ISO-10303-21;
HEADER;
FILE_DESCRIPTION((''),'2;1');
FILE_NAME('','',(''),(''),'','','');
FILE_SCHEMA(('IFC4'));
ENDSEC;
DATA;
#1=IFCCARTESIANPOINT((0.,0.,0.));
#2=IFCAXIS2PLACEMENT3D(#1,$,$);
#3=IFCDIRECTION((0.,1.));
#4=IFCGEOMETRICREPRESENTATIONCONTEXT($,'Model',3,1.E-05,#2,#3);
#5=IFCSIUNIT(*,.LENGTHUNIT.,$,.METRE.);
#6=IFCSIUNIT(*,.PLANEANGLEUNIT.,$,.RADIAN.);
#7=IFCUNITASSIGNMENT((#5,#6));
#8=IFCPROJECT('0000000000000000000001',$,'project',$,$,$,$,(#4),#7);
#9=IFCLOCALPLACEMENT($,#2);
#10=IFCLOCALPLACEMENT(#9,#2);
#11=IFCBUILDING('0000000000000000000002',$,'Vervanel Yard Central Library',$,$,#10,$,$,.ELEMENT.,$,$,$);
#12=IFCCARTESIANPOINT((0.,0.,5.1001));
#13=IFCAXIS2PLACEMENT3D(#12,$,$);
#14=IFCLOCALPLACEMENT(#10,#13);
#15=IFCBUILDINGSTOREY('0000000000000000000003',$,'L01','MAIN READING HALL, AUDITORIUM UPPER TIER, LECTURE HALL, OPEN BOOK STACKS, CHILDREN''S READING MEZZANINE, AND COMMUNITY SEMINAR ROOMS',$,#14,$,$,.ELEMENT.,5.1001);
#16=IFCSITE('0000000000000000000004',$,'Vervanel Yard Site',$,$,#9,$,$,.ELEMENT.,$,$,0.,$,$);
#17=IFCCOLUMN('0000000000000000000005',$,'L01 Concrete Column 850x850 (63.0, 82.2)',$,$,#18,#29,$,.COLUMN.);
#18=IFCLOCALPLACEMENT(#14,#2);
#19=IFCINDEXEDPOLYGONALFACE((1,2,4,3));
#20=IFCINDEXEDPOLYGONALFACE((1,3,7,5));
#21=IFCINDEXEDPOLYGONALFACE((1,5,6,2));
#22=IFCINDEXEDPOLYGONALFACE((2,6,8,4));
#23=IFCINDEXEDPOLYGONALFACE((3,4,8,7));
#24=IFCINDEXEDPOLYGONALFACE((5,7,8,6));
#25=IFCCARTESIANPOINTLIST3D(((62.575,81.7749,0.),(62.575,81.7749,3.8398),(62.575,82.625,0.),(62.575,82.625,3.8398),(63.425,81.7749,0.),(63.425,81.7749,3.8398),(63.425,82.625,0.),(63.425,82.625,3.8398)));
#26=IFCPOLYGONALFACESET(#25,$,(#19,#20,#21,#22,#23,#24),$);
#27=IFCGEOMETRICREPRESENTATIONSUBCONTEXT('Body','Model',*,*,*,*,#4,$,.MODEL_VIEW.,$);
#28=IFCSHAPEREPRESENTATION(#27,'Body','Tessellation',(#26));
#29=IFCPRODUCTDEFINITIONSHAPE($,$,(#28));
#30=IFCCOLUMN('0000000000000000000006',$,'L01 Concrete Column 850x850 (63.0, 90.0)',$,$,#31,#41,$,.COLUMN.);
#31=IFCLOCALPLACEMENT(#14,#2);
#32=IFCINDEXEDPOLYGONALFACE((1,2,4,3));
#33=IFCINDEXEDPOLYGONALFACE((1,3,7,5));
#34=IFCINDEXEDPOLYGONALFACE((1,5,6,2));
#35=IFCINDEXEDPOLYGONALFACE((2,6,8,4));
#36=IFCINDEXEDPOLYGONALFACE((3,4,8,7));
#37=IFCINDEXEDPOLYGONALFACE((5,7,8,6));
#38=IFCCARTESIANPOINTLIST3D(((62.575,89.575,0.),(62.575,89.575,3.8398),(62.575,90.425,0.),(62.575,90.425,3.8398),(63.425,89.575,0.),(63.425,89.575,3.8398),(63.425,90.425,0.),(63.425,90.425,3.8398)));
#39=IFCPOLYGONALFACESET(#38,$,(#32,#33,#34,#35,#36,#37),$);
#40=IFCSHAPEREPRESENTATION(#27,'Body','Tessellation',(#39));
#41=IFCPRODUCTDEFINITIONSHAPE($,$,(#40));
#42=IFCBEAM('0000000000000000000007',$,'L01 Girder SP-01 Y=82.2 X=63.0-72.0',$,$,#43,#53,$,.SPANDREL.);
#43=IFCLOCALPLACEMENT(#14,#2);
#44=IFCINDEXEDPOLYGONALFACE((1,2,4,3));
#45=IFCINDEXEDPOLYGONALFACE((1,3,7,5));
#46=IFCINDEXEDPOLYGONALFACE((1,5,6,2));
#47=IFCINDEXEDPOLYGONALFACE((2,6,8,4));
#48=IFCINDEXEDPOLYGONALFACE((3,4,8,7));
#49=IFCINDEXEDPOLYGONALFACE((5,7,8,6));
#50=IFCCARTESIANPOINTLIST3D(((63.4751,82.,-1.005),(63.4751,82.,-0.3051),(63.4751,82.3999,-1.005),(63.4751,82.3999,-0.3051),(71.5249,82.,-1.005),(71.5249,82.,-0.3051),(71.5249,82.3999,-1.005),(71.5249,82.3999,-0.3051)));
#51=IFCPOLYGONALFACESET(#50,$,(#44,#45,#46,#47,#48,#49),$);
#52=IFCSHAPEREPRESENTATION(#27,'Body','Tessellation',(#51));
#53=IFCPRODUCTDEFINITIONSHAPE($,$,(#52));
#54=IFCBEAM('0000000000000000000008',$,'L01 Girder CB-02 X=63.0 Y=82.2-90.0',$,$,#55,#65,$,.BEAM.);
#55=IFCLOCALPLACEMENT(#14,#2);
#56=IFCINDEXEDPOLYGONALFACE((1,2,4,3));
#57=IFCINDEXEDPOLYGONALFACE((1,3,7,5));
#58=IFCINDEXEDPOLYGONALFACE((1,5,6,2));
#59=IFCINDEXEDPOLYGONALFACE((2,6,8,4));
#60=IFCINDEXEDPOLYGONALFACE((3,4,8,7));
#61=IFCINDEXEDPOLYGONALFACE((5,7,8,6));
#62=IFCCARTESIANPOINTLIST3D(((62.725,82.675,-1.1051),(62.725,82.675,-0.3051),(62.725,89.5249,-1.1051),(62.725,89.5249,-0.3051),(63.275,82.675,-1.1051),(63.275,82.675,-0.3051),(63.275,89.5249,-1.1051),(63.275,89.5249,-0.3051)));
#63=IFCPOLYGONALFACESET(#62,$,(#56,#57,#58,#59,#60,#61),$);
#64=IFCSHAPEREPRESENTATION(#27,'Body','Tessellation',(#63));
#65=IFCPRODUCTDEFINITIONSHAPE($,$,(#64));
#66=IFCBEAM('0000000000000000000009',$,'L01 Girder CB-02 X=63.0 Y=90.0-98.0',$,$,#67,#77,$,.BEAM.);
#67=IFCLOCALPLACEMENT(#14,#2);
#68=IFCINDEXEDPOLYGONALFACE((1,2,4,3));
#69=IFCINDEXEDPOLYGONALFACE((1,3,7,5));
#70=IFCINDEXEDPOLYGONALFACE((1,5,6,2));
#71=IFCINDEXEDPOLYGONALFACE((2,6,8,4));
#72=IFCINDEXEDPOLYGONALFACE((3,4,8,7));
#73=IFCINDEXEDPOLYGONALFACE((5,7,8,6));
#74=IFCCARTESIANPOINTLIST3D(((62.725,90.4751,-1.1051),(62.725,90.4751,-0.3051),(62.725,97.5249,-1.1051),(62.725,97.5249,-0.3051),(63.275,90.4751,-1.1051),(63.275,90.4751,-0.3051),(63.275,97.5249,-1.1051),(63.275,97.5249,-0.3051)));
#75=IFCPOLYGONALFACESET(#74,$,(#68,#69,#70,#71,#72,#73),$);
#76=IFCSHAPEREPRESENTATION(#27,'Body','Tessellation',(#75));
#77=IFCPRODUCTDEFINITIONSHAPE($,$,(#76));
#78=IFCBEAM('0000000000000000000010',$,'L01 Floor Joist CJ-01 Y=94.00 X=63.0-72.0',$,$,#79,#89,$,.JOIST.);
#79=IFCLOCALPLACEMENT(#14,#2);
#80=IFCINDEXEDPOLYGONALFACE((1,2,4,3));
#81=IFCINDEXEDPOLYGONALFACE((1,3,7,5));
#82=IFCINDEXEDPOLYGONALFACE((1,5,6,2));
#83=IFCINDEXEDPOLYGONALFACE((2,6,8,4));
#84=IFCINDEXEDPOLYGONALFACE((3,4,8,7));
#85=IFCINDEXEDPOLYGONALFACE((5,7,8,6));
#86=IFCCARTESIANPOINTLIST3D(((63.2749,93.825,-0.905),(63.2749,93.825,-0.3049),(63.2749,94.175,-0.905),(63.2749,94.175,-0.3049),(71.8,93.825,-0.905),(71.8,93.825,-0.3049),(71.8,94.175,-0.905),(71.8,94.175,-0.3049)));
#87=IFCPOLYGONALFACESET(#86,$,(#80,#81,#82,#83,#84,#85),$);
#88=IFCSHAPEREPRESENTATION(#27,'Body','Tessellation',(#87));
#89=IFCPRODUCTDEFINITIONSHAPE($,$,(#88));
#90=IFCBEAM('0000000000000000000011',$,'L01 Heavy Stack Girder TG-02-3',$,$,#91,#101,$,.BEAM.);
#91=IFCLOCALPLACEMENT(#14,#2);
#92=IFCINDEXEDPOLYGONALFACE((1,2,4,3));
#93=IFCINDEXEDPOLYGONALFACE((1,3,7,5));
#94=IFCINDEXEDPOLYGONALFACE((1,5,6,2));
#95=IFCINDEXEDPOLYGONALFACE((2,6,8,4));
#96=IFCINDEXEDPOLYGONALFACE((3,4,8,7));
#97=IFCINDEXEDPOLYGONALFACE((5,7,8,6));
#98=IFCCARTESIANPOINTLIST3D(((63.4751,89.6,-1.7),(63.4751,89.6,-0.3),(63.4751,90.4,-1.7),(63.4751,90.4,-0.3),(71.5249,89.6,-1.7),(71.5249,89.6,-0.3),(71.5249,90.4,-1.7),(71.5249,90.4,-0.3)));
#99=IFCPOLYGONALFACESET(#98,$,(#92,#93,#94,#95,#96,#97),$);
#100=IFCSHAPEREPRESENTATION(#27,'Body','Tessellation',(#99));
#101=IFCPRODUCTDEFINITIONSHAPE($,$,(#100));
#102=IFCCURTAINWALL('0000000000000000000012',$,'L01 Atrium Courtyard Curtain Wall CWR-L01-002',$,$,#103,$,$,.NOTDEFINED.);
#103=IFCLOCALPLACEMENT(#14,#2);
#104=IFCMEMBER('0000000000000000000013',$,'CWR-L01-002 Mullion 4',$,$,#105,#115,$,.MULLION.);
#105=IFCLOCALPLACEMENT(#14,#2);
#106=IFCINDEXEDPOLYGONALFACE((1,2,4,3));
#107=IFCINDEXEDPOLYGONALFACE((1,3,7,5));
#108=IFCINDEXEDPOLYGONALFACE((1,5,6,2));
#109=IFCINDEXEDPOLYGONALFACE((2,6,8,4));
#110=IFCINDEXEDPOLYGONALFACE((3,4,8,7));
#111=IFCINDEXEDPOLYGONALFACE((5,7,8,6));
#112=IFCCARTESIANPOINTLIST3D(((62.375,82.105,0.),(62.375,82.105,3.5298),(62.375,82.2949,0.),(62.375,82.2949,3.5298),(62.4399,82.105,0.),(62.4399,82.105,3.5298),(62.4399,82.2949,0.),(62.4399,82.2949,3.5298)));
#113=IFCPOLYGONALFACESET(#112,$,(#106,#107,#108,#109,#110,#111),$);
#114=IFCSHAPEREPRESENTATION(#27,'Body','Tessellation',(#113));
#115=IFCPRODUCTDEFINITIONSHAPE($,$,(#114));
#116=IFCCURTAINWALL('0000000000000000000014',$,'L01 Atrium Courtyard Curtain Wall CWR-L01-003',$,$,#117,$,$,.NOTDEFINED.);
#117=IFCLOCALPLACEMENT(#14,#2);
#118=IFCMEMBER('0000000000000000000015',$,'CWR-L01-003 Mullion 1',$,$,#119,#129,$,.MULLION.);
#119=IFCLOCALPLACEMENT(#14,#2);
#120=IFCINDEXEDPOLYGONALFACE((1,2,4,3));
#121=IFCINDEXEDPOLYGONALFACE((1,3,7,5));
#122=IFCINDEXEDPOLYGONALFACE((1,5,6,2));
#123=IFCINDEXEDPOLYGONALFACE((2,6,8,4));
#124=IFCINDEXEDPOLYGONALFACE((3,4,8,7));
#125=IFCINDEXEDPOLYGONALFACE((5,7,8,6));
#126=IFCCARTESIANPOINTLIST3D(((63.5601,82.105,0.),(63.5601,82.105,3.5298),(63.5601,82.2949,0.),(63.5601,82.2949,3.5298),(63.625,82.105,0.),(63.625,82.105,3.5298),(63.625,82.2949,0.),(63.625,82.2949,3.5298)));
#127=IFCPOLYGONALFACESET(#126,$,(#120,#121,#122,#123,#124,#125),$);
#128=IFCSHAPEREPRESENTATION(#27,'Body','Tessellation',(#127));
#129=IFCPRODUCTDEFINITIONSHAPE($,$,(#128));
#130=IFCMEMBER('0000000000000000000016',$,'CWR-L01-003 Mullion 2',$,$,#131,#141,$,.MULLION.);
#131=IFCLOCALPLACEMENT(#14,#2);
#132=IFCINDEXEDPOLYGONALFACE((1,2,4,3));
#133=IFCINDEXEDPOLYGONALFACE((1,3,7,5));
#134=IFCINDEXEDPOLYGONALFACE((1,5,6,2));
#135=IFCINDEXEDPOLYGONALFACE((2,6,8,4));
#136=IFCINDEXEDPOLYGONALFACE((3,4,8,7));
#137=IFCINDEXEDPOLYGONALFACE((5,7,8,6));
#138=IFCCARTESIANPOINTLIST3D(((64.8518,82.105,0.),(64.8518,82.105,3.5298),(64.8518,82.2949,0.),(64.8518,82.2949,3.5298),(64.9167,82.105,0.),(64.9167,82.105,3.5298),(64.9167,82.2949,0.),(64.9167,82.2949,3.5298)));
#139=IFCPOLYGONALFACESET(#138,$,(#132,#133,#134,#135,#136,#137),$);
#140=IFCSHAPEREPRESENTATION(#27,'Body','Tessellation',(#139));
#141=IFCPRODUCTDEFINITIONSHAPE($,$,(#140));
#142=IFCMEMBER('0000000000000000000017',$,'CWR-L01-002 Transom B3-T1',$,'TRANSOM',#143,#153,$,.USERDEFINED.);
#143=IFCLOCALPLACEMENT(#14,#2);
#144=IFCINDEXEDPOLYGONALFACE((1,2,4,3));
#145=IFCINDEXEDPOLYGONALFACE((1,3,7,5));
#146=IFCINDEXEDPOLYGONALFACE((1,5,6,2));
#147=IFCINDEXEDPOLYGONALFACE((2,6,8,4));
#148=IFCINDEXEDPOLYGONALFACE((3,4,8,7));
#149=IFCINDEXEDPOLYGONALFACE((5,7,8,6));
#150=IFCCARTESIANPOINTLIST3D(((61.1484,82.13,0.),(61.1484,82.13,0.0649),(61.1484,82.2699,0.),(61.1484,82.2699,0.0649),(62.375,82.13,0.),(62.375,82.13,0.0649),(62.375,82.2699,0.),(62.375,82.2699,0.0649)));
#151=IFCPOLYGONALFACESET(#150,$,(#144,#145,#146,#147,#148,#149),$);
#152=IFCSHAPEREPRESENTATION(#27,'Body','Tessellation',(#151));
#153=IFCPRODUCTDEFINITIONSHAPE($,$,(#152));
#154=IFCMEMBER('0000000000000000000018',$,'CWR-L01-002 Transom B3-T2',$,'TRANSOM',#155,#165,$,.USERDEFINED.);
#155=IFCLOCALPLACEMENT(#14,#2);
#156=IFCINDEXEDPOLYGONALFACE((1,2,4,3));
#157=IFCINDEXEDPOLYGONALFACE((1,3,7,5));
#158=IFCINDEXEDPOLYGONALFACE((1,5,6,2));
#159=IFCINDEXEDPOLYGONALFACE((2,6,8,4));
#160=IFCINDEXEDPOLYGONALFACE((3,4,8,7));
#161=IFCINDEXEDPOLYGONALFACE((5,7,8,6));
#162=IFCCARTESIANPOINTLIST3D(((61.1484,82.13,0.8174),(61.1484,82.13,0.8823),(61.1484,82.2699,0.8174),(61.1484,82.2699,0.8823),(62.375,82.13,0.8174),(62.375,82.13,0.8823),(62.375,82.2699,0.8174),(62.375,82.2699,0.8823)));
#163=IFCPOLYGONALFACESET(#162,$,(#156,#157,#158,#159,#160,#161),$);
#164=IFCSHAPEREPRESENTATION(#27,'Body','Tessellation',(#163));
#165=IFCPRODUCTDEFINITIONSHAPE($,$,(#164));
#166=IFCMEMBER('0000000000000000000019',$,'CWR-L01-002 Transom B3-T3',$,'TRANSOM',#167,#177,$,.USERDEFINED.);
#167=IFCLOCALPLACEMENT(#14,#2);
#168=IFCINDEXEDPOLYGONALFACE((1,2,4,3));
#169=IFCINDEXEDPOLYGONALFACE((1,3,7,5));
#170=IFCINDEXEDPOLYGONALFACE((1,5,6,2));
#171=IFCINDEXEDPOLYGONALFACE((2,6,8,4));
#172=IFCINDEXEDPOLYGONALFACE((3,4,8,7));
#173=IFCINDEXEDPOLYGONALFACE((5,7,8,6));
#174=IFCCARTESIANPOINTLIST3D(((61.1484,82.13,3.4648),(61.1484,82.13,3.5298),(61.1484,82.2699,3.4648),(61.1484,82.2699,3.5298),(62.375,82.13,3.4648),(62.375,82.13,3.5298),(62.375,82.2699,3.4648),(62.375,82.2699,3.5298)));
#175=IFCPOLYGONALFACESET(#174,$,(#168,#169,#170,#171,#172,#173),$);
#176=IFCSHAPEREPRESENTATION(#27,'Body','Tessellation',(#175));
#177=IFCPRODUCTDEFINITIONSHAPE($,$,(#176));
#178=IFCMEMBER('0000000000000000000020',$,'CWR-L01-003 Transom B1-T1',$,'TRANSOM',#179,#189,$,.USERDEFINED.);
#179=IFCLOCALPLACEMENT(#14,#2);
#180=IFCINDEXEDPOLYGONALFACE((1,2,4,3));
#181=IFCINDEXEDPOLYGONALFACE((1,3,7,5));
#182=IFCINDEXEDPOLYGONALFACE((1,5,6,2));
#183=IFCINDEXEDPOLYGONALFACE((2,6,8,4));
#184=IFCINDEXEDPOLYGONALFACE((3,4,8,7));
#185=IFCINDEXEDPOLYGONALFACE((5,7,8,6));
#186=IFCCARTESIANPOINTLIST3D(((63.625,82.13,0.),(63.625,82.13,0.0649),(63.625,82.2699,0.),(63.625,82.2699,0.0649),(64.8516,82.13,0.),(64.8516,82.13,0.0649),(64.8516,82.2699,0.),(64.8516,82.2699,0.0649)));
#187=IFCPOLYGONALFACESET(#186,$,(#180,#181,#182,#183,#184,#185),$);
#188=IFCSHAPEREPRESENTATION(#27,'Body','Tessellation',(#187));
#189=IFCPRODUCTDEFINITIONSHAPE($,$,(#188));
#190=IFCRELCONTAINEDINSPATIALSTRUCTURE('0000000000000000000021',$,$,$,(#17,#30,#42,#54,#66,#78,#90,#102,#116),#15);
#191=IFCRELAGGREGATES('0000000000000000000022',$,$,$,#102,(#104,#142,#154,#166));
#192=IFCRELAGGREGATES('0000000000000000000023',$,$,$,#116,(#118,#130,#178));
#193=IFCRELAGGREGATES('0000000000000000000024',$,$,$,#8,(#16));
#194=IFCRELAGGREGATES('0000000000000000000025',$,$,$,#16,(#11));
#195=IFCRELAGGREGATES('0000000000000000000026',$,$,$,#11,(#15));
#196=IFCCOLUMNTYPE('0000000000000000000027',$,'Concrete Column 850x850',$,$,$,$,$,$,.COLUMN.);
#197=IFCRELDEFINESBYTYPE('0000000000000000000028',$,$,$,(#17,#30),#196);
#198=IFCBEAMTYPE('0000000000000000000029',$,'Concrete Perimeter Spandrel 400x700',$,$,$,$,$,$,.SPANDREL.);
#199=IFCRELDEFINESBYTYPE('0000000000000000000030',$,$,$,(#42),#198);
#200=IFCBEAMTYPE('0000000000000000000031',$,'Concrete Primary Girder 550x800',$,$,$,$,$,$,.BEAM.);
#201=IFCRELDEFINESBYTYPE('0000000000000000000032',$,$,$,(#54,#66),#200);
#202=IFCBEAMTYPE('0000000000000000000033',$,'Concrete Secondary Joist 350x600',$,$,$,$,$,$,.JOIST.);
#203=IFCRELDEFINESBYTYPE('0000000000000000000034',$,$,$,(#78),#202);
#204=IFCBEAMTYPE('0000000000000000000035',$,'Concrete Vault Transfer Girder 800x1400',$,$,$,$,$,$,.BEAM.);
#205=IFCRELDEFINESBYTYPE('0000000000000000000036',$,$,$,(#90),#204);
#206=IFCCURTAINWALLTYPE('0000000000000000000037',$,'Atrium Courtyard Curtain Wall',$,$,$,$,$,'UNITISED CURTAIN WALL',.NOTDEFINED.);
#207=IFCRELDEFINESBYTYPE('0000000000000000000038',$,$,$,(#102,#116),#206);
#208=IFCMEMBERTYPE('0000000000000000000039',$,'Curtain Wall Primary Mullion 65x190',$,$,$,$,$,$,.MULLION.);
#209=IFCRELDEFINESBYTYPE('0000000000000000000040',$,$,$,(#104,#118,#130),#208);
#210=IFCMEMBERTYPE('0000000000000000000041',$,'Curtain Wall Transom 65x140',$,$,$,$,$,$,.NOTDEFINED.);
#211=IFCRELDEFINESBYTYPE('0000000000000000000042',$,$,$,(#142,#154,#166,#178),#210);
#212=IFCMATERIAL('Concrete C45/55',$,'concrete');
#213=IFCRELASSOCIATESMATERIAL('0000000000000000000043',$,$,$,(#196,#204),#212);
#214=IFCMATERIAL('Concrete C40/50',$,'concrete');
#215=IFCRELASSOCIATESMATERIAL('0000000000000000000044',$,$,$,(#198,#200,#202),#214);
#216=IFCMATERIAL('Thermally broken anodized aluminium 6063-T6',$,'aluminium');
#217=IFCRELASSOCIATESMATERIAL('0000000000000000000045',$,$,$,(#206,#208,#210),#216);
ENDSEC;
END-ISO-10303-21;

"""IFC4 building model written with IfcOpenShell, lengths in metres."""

from ifc_helpers import new_model, si_unit, direction, frame, origin, origin_2d, place, context, subcontext, project, spatial, rectangle, extrude, material, material_profile, profile_set, type_object, element, aggregate, save


model = new_model("IFC4")

# Units and contexts
model_context = context("Model", 3, precision=1e-05, world=origin(), true_north=direction((0.0, 1.0)))
body_context = subcontext(model_context, "Body", "Model", "MODEL_VIEW")
ifc_project = project(units=[si_unit("LENGTHUNIT", "METRE"), si_unit("PLANEANGLEUNIT", "RADIAN")], contexts=[model_context])

# Site, building, storey
site_placement = place(None, origin())
site = spatial("IfcSite", under=ifc_project, at=site_placement, Name="Vervanel Yard Site", CompositionType="ELEMENT", RefElevation=0.0)
building_placement = place(site_placement, origin())
building = spatial("IfcBuilding", under=site, at=building_placement, Name="Vervanel Yard Central Library", CompositionType="ELEMENT")
storey_placement = place(building_placement, frame((0.0, 0.0, 5.1001)))
storey = spatial("IfcBuildingStorey", under=building, at=storey_placement, Name="L01", Description="MAIN READING HALL, AUDITORIUM UPPER TIER, LECTURE HALL, OPEN BOOK STACKS, CHILDREN'S READING MEZZANINE, AND COMMUNITY SEMINAR ROOMS", CompositionType="ELEMENT", Elevation=5.1001)

# Columns
ifc_material_1 = material(Name="Concrete C45/55", Category="concrete")
ifc_material_profile_1 = material_profile(ifc_material_1, rectangle(XDim=0.8501, YDim=0.8501, at=origin_2d()), Name="RC 850x850", Category="concrete")
ifc_profile_set_1 = profile_set([ifc_material_profile_1], Name="Concrete C45/55")
column_type = type_object("IfcColumnType", Name="Concrete Column 850x850", PredefinedType="COLUMN", material=ifc_profile_set_1)
for number, where, z_axis, x_axis, name in (
    (1, (63.0, 82.2, 0.0), (0.0, 0.0, 1.0), (1.0, 0.0, 0.0), "L01 Concrete Column 850x850 (63.0, 82.2)"),
    (2, (63.0, 90.0, 0.0), (0.0, 0.0, 1.0), (1.0, 0.0, 0.0), "L01 Concrete Column 850x850 (63.0, 90.0)"),
):
    element("IfcColumn", number, at=place(storey_placement, frame(where, z_axis=z_axis, x_axis=x_axis)), inside=storey, type_object=column_type, Name=name, PredefinedType="COLUMN", context=body_context, shape_type="SweptSolid", body=[
        extrude(rectangle(XDim=0.8501, YDim=0.8501, at=origin_2d()), origin(), (0.0, 0.0, 1.0), 3.8398),
    ])

# Beams
ifc_material_2 = material(Name="Concrete C40/50", Category="concrete")
ifc_material_profile_2 = material_profile(ifc_material_2, rectangle(XDim=0.3999, YDim=0.7, at=origin_2d()), Name="RC 400x700", Category="concrete")
ifc_profile_set_2 = profile_set([ifc_material_profile_2], Name="Concrete C40/50")
beam_type_1 = type_object("IfcBeamType", Name="Concrete Perimeter Spandrel 400x700", PredefinedType="SPANDREL", material=ifc_profile_set_2)
beam_1_placement = place(storey_placement, frame((63.4751, 82.2, -0.655), z_axis=(1.0, 0.0, 0.0), x_axis=(0.0, 1.0, 0.0)))
element("IfcBeam", 3, at=beam_1_placement, inside=storey, type_object=beam_type_1, Name="L01 Girder SP-01 Y=82.2 X=63.0-72.0", PredefinedType="SPANDREL", context=body_context, shape_type="SweptSolid", body=[
    extrude(rectangle(XDim=0.3999, YDim=0.7, at=origin_2d()), origin(), (0.0, 0.0, 1.0), 8.0498),
])
ifc_material_profile_3 = material_profile(ifc_material_2, rectangle(XDim=0.55, YDim=0.8, at=origin_2d()), Name="RC 550x800", Category="concrete")
ifc_profile_set_3 = profile_set([ifc_material_profile_3], Name="Concrete C40/50")
beam_type_2 = type_object("IfcBeamType", Name="Concrete Primary Girder 550x800", PredefinedType="BEAM", material=ifc_profile_set_3)
beam_2_placement = place(storey_placement, frame((63.0, 82.675, -0.7051), z_axis=(0.0, 1.0, 0.0), x_axis=(-1.0, 0.0, 0.0)))
element("IfcBeam", 4, at=beam_2_placement, inside=storey, type_object=beam_type_2, Name="L01 Girder CB-02 X=63.0 Y=82.2-90.0", PredefinedType="BEAM", context=body_context, shape_type="SweptSolid", body=[
    extrude(rectangle(XDim=0.55, YDim=0.8, at=origin_2d()), origin(), (0.0, 0.0, 1.0), 6.8499),
])
beam_3_placement = place(storey_placement, frame((63.0, 90.4751, -0.7051), z_axis=(0.0, 1.0, 0.0), x_axis=(-1.0, 0.0, 0.0)))
element("IfcBeam", 5, at=beam_3_placement, inside=storey, type_object=beam_type_2, Name="L01 Girder CB-02 X=63.0 Y=90.0-98.0", PredefinedType="BEAM", context=body_context, shape_type="SweptSolid", body=[
    extrude(rectangle(XDim=0.55, YDim=0.8, at=origin_2d()), origin(), (0.0, 0.0, 1.0), 7.0498),
])
ifc_material_profile_4 = material_profile(ifc_material_2, rectangle(XDim=0.3501, YDim=0.6001, at=origin_2d()), Name="RC 350x600", Category="concrete")
ifc_profile_set_4 = profile_set([ifc_material_profile_4], Name="Concrete C40/50")
beam_type_3 = type_object("IfcBeamType", Name="Concrete Secondary Joist 350x600", PredefinedType="JOIST", material=ifc_profile_set_4)
beam_4_placement = place(storey_placement, frame((63.2749, 94.0, -0.605), z_axis=(1.0, 0.0, 0.0), x_axis=(0.0, 1.0, 0.0)))
element("IfcBeam", 6, at=beam_4_placement, inside=storey, type_object=beam_type_3, Name="L01 Floor Joist CJ-01 Y=94.00 X=63.0-72.0", PredefinedType="JOIST", context=body_context, shape_type="SweptSolid", body=[
    extrude(rectangle(XDim=0.3501, YDim=0.6001, at=origin_2d()), origin(), (0.0, 0.0, 1.0), 8.5251),
])
ifc_material_profile_5 = material_profile(ifc_material_1, rectangle(XDim=0.8, YDim=1.3999, at=origin_2d()), Name="RC 800x1400", Category="concrete")
ifc_profile_set_5 = profile_set([ifc_material_profile_5], Name="Concrete C45/55")
beam_type_4 = type_object("IfcBeamType", Name="Concrete Vault Transfer Girder 800x1400", PredefinedType="BEAM", material=ifc_profile_set_5)
beam_5_placement = place(storey_placement, frame((63.4751, 90.0, -1.0), z_axis=(1.0, 0.0, 0.0), x_axis=(0.0, 1.0, 0.0)))
element("IfcBeam", 7, at=beam_5_placement, inside=storey, type_object=beam_type_4, Name="L01 Heavy Stack Girder TG-02-3", PredefinedType="BEAM", context=body_context, shape_type="SweptSolid", body=[
    extrude(rectangle(XDim=0.8, YDim=1.3999, at=origin_2d()), origin(), (0.0, 0.0, 1.0), 8.0498),
])

# Curtain wall, member
ifc_material_3 = material(Name="Thermally broken anodized aluminium 6063-T6", Category="aluminium")
curtain_wall_type = type_object("IfcCurtainWallType", Name="Atrium Courtyard Curtain Wall", ElementType="UNITISED CURTAIN WALL", PredefinedType="NOTDEFINED", material=ifc_material_3)
curtain_wall_1_placement = place(storey_placement, origin())
curtain_wall_1 = element("IfcCurtainWall", 8, at=curtain_wall_1_placement, inside=storey, type_object=curtain_wall_type, Name="L01 Atrium Courtyard Curtain Wall CWR-L01-002", PredefinedType="NOTDEFINED")
ifc_material_profile_6 = material_profile(ifc_material_3, rectangle(XDim=0.0649, YDim=0.1899, at=origin_2d()), Name="ALU 65x190", Category="aluminium")
ifc_profile_set_6 = profile_set([ifc_material_profile_6], Name="Thermally broken anodized aluminium 6063-T6")
member_type_1 = type_object("IfcMemberType", Name="Curtain Wall Primary Mullion 65x190", PredefinedType="MULLION", material=ifc_profile_set_6)
member_1_placement = place(storey_placement, frame((62.4075, 82.2, 0.0), z_axis=(0.0, 0.0, 1.0), x_axis=(1.0, 0.0, 0.0)))
member_1 = element("IfcMember", 9, at=member_1_placement, type_object=member_type_1, Name="CWR-L01-002 Mullion 4", PredefinedType="MULLION", context=body_context, shape_type="SweptSolid", body=[
    extrude(rectangle(XDim=0.0649, YDim=0.1899, at=origin_2d()), origin(), (0.0, 0.0, 1.0), 3.5298),
])

# Curtain wall, members
curtain_wall_2_placement = place(storey_placement, origin())
curtain_wall_2 = element("IfcCurtainWall", 10, at=curtain_wall_2_placement, inside=storey, type_object=curtain_wall_type, Name="L01 Atrium Courtyard Curtain Wall CWR-L01-003", PredefinedType="NOTDEFINED")
member_2_placement = place(storey_placement, frame((63.5925, 82.2, 0.0), z_axis=(0.0, 0.0, 1.0), x_axis=(1.0, 0.0, 0.0)))
member_2 = element("IfcMember", 11, at=member_2_placement, type_object=member_type_1, Name="CWR-L01-003 Mullion 1", PredefinedType="MULLION", context=body_context, shape_type="SweptSolid", body=[
    extrude(rectangle(XDim=0.0649, YDim=0.1899, at=origin_2d()), origin(), (0.0, 0.0, 1.0), 3.5298),
])
member_3_placement = place(storey_placement, frame((64.8843, 82.2, 0.0), z_axis=(0.0, 0.0, 1.0), x_axis=(1.0, 0.0, 0.0)))
member_3 = element("IfcMember", 12, at=member_3_placement, type_object=member_type_1, Name="CWR-L01-003 Mullion 2", PredefinedType="MULLION", context=body_context, shape_type="SweptSolid", body=[
    extrude(rectangle(XDim=0.0649, YDim=0.1899, at=origin_2d()), origin(), (0.0, 0.0, 1.0), 3.5298),
])

# Members
ifc_material_profile_7 = material_profile(ifc_material_3, rectangle(XDim=0.0649, YDim=0.1399, at=origin_2d()), Name="ALU 65x140", Category="aluminium")
ifc_profile_set_7 = profile_set([ifc_material_profile_7], Name="Thermally broken anodized aluminium 6063-T6")
member_type_2 = type_object("IfcMemberType", Name="Curtain Wall Transom 65x140", PredefinedType="NOTDEFINED", material=ifc_profile_set_7)
member_4_placement = place(storey_placement, frame((61.1484, 82.2, 0.0325), z_axis=(1.0, 0.0, 0.0), x_axis=(0.0, 0.0, 1.0)))
member_4 = element("IfcMember", 13, at=member_4_placement, type_object=member_type_2, Name="CWR-L01-002 Transom B3-T1", ObjectType="TRANSOM", PredefinedType="USERDEFINED", context=body_context, shape_type="SweptSolid", body=[
    extrude(rectangle(XDim=0.0649, YDim=0.1399, at=origin_2d()), origin(), (0.0, 0.0, 1.0), 1.2266),
])
member_5_placement = place(storey_placement, frame((61.1484, 82.2, 0.8499), z_axis=(1.0, 0.0, 0.0), x_axis=(0.0, 0.0, 1.0)))
member_5 = element("IfcMember", 14, at=member_5_placement, type_object=member_type_2, Name="CWR-L01-002 Transom B3-T2", ObjectType="TRANSOM", PredefinedType="USERDEFINED", context=body_context, shape_type="SweptSolid", body=[
    extrude(rectangle(XDim=0.0649, YDim=0.1399, at=origin_2d()), origin(), (0.0, 0.0, 1.0), 1.2266),
])
member_6_placement = place(storey_placement, frame((61.1484, 82.2, 3.4973), z_axis=(1.0, 0.0, 0.0), x_axis=(0.0, 0.0, 1.0)))
member_6 = element("IfcMember", 15, at=member_6_placement, type_object=member_type_2, Name="CWR-L01-002 Transom B3-T3", ObjectType="TRANSOM", PredefinedType="USERDEFINED", context=body_context, shape_type="SweptSolid", body=[
    extrude(rectangle(XDim=0.0649, YDim=0.1399, at=origin_2d()), origin(), (0.0, 0.0, 1.0), 1.2266),
])
member_7_placement = place(storey_placement, frame((63.625, 82.2, 0.0325), z_axis=(1.0, 0.0, 0.0), x_axis=(0.0, 0.0, 1.0)))
member_7 = element("IfcMember", 16, at=member_7_placement, type_object=member_type_2, Name="CWR-L01-003 Transom B1-T1", ObjectType="TRANSOM", PredefinedType="USERDEFINED", context=body_context, shape_type="SweptSolid", body=[
    extrude(rectangle(XDim=0.0649, YDim=0.1399, at=origin_2d()), origin(), (0.0, 0.0, 1.0), 1.2266),
])

aggregate(curtain_wall_1, [member_1, member_4, member_5, member_6])
aggregate(curtain_wall_2, [member_2, member_3, member_7])

save(model, "model.ifc")
